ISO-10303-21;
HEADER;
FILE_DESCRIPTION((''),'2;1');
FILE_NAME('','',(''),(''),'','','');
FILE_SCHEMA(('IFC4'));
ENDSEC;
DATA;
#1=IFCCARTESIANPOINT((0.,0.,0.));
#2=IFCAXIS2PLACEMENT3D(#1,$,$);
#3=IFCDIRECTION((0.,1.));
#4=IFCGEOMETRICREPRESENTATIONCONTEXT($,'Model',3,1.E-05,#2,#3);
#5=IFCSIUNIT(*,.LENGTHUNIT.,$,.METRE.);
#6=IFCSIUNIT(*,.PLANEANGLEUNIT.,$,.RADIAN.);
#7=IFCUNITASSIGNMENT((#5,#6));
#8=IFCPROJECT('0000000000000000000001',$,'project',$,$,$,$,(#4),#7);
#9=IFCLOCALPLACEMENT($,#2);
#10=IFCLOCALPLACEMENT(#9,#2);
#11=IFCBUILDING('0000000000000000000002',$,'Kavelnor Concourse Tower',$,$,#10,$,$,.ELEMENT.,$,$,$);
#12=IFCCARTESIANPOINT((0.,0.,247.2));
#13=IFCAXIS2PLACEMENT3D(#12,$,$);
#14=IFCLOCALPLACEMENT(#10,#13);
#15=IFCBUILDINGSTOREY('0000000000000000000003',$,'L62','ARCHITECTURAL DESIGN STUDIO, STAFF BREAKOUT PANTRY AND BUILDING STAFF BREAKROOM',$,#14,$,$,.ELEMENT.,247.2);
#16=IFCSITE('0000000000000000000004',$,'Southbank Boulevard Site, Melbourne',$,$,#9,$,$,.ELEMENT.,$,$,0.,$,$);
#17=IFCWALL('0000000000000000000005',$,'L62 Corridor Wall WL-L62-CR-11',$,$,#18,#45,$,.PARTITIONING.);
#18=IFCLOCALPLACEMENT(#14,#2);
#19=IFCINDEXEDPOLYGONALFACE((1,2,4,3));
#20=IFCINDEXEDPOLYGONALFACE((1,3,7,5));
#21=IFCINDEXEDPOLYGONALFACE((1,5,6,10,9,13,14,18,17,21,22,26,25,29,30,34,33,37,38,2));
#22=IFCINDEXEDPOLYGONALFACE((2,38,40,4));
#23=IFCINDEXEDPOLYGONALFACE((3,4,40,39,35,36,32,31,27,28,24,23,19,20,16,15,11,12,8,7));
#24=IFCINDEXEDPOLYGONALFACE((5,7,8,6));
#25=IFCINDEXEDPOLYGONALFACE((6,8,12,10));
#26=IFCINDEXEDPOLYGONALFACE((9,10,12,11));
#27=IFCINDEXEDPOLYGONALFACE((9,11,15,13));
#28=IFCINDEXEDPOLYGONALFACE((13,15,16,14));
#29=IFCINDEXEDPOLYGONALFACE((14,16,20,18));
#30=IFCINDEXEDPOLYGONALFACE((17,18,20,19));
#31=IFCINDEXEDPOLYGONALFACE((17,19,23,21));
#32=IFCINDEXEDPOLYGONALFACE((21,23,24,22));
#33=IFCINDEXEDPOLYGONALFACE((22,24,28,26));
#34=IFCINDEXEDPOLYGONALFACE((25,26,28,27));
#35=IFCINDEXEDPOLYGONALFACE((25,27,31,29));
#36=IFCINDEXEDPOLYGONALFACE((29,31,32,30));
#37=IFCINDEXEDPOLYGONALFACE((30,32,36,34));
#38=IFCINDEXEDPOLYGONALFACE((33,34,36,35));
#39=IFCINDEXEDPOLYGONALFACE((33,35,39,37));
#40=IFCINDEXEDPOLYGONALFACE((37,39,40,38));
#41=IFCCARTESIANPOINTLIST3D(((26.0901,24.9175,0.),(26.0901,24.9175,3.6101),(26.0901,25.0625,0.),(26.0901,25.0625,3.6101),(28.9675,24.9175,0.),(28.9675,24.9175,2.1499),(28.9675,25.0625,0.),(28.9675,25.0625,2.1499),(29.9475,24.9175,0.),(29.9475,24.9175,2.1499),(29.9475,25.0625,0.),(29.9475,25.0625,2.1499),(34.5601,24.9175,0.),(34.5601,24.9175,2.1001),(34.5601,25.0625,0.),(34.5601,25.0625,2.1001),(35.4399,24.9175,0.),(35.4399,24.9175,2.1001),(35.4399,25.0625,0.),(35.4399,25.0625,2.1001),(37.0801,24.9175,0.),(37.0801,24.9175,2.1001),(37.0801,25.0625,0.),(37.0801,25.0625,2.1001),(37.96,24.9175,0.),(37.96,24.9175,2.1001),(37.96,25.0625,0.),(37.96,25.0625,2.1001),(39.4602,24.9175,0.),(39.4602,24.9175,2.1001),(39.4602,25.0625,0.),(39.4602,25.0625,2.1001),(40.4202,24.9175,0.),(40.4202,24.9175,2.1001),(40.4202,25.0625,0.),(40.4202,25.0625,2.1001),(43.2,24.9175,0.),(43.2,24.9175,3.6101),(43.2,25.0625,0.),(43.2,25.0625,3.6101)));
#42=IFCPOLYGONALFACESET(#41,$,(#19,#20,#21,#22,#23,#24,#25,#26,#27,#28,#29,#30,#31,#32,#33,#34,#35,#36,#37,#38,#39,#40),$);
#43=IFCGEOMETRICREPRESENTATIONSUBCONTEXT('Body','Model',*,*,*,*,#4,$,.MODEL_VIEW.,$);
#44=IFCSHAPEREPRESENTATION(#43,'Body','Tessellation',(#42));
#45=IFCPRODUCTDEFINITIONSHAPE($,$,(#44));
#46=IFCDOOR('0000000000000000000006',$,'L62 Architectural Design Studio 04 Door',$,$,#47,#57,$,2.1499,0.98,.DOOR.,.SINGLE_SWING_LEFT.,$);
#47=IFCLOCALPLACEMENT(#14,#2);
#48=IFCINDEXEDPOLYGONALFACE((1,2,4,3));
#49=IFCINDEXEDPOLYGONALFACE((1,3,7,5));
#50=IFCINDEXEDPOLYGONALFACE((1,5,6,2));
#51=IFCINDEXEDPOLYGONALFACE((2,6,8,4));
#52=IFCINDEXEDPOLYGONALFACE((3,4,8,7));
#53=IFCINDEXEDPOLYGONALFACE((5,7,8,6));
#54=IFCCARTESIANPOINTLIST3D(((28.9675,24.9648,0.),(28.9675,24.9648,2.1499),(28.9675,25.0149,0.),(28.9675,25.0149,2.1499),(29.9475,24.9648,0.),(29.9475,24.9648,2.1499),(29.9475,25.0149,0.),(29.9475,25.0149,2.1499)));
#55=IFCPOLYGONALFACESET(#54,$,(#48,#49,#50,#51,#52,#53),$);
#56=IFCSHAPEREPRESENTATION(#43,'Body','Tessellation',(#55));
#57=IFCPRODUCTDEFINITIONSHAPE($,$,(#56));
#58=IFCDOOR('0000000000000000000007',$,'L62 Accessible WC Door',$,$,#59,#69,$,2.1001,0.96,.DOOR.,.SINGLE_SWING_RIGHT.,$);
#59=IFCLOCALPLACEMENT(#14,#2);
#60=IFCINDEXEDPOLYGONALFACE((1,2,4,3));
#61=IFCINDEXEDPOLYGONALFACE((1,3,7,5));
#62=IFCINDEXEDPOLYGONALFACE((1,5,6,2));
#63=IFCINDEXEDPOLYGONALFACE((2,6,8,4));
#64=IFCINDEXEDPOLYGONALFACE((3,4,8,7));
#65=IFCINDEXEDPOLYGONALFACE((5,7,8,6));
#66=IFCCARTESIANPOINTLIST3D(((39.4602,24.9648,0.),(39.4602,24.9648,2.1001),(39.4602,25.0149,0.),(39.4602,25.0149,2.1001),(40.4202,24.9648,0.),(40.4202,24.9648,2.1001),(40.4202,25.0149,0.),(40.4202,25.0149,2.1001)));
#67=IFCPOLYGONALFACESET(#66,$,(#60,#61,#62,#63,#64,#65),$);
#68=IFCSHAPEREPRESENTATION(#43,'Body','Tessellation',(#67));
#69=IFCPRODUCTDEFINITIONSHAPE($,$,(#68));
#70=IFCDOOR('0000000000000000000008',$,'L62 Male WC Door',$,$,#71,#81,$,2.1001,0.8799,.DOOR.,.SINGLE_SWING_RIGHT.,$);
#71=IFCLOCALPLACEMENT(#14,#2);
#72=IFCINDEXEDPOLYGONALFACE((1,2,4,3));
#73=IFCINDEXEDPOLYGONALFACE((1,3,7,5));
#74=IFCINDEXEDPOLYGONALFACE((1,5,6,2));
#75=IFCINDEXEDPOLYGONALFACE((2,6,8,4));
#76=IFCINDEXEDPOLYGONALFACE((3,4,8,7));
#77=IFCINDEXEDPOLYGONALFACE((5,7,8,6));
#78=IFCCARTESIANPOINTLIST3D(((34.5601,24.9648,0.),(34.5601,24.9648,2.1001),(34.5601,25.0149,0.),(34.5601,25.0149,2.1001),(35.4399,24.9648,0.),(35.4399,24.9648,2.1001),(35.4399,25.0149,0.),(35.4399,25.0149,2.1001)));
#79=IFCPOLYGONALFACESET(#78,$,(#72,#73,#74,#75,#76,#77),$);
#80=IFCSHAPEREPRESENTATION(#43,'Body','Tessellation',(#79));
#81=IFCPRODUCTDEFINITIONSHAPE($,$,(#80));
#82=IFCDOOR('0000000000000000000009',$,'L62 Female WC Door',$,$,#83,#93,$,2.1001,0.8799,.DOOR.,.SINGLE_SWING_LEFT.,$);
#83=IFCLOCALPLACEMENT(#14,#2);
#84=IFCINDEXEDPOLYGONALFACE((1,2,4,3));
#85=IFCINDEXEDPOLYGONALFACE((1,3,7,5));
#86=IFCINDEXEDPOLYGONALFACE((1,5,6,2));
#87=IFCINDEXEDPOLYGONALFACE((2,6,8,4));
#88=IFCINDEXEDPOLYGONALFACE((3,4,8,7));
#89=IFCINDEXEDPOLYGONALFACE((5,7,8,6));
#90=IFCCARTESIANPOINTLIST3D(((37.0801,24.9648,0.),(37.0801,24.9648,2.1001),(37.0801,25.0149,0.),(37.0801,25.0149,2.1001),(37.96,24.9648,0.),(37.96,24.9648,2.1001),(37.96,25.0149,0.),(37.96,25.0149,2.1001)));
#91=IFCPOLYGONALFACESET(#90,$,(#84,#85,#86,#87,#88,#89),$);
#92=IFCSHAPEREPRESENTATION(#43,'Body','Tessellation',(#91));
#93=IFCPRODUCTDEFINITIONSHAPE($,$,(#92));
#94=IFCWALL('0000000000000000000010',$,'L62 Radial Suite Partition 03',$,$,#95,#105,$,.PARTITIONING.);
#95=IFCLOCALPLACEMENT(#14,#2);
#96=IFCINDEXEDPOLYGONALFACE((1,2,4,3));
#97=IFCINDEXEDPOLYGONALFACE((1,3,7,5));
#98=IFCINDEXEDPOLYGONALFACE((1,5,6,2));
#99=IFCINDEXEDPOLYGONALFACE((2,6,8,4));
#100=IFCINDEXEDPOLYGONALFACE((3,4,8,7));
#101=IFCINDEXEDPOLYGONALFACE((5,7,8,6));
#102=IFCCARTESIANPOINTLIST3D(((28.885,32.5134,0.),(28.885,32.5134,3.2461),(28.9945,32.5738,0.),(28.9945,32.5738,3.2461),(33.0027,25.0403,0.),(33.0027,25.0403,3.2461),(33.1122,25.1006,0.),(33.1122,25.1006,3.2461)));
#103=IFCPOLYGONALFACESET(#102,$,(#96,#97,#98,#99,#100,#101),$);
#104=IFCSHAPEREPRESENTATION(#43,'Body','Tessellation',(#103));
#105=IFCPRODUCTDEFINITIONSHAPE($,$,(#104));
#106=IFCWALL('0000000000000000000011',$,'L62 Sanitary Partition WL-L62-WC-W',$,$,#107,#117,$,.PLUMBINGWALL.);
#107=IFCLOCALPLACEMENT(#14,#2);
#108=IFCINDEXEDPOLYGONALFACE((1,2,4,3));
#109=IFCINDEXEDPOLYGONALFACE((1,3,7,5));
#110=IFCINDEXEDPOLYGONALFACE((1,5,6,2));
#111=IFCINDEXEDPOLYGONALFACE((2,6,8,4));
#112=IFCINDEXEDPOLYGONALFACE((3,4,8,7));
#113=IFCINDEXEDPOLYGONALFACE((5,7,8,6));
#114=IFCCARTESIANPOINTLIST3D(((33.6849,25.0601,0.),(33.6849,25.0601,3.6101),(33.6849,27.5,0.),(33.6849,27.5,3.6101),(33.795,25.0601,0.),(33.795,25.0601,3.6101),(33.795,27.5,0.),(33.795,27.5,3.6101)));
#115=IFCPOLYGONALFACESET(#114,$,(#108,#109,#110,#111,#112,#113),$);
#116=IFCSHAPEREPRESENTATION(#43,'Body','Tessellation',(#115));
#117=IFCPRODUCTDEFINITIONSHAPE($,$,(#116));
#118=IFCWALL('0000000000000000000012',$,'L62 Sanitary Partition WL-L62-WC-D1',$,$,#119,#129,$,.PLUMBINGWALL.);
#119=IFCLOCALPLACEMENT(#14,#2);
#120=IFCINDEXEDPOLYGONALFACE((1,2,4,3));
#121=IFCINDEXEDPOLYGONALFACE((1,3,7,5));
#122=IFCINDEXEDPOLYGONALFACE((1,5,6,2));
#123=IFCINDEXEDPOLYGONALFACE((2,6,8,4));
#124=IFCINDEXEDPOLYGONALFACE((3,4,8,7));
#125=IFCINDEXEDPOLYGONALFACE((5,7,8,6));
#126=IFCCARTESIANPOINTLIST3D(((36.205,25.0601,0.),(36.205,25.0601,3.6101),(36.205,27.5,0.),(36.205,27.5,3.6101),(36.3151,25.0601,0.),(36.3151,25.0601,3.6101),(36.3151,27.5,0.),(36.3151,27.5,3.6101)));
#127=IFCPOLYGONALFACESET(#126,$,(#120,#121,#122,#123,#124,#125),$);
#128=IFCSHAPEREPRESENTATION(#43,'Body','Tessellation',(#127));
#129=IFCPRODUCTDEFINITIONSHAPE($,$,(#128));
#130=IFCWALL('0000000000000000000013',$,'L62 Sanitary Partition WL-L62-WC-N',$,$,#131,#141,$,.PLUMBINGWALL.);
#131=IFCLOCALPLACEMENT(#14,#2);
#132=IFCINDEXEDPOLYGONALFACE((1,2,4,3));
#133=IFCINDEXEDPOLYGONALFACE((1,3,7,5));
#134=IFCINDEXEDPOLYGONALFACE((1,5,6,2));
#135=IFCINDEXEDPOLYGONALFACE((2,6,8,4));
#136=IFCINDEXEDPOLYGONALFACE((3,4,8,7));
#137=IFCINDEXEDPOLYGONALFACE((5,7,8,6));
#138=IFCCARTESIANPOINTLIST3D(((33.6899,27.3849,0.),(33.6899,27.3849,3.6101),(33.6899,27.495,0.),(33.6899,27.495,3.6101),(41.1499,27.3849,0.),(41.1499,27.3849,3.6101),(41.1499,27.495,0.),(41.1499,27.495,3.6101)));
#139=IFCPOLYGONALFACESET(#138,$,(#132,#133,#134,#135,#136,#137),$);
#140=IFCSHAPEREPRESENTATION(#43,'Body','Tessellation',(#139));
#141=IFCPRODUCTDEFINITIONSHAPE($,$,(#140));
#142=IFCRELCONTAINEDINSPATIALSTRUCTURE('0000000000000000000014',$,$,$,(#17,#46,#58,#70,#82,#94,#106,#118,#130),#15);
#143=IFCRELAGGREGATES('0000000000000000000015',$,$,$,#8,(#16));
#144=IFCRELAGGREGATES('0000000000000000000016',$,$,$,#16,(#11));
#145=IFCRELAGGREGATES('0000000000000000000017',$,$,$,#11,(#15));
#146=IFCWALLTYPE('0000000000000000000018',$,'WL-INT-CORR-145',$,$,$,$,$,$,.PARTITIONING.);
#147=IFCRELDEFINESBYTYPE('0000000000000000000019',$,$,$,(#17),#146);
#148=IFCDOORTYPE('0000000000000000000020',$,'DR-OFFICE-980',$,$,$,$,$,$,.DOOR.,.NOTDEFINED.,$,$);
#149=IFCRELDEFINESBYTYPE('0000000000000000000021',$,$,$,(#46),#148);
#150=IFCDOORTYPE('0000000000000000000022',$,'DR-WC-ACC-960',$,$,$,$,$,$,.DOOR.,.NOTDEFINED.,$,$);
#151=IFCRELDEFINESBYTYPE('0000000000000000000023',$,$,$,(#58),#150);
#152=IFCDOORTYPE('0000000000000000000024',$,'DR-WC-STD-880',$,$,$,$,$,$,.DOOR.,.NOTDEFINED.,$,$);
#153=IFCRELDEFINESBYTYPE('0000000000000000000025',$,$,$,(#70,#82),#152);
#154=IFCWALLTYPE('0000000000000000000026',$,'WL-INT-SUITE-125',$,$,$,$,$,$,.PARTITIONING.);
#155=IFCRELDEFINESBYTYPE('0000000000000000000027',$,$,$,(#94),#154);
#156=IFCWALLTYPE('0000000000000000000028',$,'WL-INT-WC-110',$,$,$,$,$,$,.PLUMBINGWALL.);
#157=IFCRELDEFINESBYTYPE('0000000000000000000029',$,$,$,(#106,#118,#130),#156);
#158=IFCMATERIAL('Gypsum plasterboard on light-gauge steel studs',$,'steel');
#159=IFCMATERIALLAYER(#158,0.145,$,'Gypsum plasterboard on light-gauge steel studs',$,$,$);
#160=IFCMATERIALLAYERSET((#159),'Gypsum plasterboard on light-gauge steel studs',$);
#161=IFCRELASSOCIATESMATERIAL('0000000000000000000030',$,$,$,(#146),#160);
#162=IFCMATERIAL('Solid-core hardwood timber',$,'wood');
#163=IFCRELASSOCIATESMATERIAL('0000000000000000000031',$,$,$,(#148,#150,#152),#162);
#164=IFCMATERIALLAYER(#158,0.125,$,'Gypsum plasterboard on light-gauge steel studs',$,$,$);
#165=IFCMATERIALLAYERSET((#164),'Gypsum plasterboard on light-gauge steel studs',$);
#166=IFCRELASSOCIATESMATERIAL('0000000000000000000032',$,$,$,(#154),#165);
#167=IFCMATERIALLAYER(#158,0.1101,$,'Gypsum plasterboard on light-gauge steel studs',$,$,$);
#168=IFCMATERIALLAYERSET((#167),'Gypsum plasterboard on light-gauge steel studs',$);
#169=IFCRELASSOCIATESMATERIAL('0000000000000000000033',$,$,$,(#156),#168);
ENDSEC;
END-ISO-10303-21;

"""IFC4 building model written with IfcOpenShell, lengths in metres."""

from ifc_helpers import new_model, si_unit, direction, frame, frame_2d, origin, place, context, subcontext, project, spatial, rectangle, extrude, material, layer, layer_set, type_object, element, fill, save


model = new_model("IFC4")

# Units and contexts
model_context = context("Model", 3, precision=1e-05, world=origin(), true_north=direction((0.0, 1.0)))
body_context = subcontext(model_context, "Body", "Model", "MODEL_VIEW")
ifc_project = project(units=[si_unit("LENGTHUNIT", "METRE"), si_unit("PLANEANGLEUNIT", "RADIAN")], contexts=[model_context])

# Site, building, storey
site_placement = place(None, origin())
site = spatial("IfcSite", under=ifc_project, at=site_placement, Name="Southbank Boulevard Site, Melbourne", CompositionType="ELEMENT", RefElevation=0.0)
building_placement = place(site_placement, origin())
building = spatial("IfcBuilding", under=site, at=building_placement, Name="Kavelnor Concourse Tower", CompositionType="ELEMENT")
storey_placement = place(building_placement, frame((0.0, 0.0, 247.2)))
storey = spatial("IfcBuildingStorey", under=building, at=storey_placement, Name="L62", Description="ARCHITECTURAL DESIGN STUDIO, STAFF BREAKOUT PANTRY AND BUILDING STAFF BREAKROOM", CompositionType="ELEMENT", Elevation=247.2)

# Wall, openings, doors
ifc_material_1 = material(Name="Gypsum plasterboard on light-gauge steel studs", Category="steel")
ifc_layer_1 = layer(ifc_material_1, 0.145, Name="Gypsum plasterboard on light-gauge steel studs")
ifc_layer_set_1 = layer_set([ifc_layer_1], Name="Gypsum plasterboard on light-gauge steel studs")
wall_type_1 = type_object("IfcWallType", Name="WL-INT-CORR-145", PredefinedType="PARTITIONING", material=ifc_layer_set_1)
wall_1_placement = place(storey_placement, frame((26.0901, 24.99, 0.0), z_axis=(0.0, 0.0, 1.0), x_axis=(1.0, 0.0, 0.0)))
wall_1 = element("IfcWall", 1, at=wall_1_placement, inside=storey, type_object=wall_type_1, Name="L62 Corridor Wall WL-L62-CR-11", PredefinedType="PARTITIONING", context=body_context, shape_type="SweptSolid", body=[
    extrude(rectangle(XDim=17.1099, YDim=0.145, at=frame_2d((8.5549, 0.0))), origin(), (0.0, 0.0, 1.0), 3.6101),
])
opening_1_placement = place(wall_1_placement, frame((8.47, 0.0, 0.0)))
opening_1 = element("IfcOpeningElement", 2, at=opening_1_placement, cuts=wall_1, PredefinedType="OPENING", context=body_context, shape_type="SweptSolid", body=[
    extrude(rectangle(XDim=0.8799, YDim=2.1001, at=frame_2d((0.4399, 1.05))), frame((0.0, 0.0825, 0.0), z_axis=(0.0, -1.0, 0.0), x_axis=(1.0, 0.0, 0.0)), (0.0, 0.0, 1.0), 0.165),
])
opening_2_placement = place(wall_1_placement, frame((10.99, 0.0, 0.0)))
opening_2 = element("IfcOpeningElement", 3, at=opening_2_placement, cuts=wall_1, PredefinedType="OPENING", context=body_context, shape_type="SweptSolid", body=[
    extrude(rectangle(XDim=0.8799, YDim=2.1001, at=frame_2d((0.4399, 1.05))), frame((0.0, 0.0825, 0.0), z_axis=(0.0, -1.0, 0.0), x_axis=(1.0, 0.0, 0.0)), (0.0, 0.0, 1.0), 0.165),
])
opening_3_placement = place(wall_1_placement, frame((13.3701, 0.0, 0.0)))
opening_3 = element("IfcOpeningElement", 4, at=opening_3_placement, cuts=wall_1, PredefinedType="OPENING", context=body_context, shape_type="SweptSolid", body=[
    extrude(rectangle(XDim=0.96, YDim=2.1001, at=frame_2d((0.48, 1.05))), frame((0.0, 0.0825, 0.0), z_axis=(0.0, -1.0, 0.0), x_axis=(1.0, 0.0, 0.0)), (0.0, 0.0, 1.0), 0.165),
])
opening_4_placement = place(wall_1_placement, frame((2.8774, 0.0, 0.0)))
opening_4 = element("IfcOpeningElement", 5, at=opening_4_placement, cuts=wall_1, PredefinedType="OPENING", context=body_context, shape_type="SweptSolid", body=[
    extrude(rectangle(XDim=0.98, YDim=2.1499, at=frame_2d((0.49, 1.075))), frame((0.0, 0.0825, 0.0), z_axis=(0.0, -1.0, 0.0), x_axis=(1.0, 0.0, 0.0)), (0.0, 0.0, 1.0), 0.165),
])
ifc_material_2 = material(Name="Solid-core hardwood timber", Category="wood")
door_type_1 = type_object("IfcDoorType", Name="DR-OFFICE-980", OperationType="NOTDEFINED", PredefinedType="DOOR", material=ifc_material_2)
door_1_placement = place(opening_4_placement, origin())
door_1 = element("IfcDoor", 6, at=door_1_placement, inside=storey, type_object=door_type_1, Name="L62 Architectural Design Studio 04 Door", OperationType="SINGLE_SWING_LEFT", OverallHeight=2.1499, OverallWidth=0.98, PredefinedType="DOOR", context=body_context, shape_type="SweptSolid", body=[
    extrude(rectangle(XDim=0.98, YDim=2.1499, at=frame_2d((0.49, 1.075))), frame((0.0, 0.0249, 0.0), z_axis=(0.0, -1.0, 0.0), x_axis=(1.0, 0.0, 0.0)), (0.0, 0.0, 1.0), 0.05),
])
fill(opening_4, door_1)
door_type_2 = type_object("IfcDoorType", Name="DR-WC-ACC-960", OperationType="NOTDEFINED", PredefinedType="DOOR", material=ifc_material_2)
door_2_placement = place(opening_3_placement, origin())
door_2 = element("IfcDoor", 7, at=door_2_placement, inside=storey, type_object=door_type_2, Name="L62 Accessible WC Door", OperationType="SINGLE_SWING_RIGHT", OverallHeight=2.1001, OverallWidth=0.96, PredefinedType="DOOR", context=body_context, shape_type="SweptSolid", body=[
    extrude(rectangle(XDim=0.96, YDim=2.1001, at=frame_2d((0.48, 1.05))), frame((0.0, 0.0249, 0.0), z_axis=(0.0, -1.0, 0.0), x_axis=(1.0, 0.0, 0.0)), (0.0, 0.0, 1.0), 0.05),
])
fill(opening_3, door_2)
door_type_3 = type_object("IfcDoorType", Name="DR-WC-STD-880", OperationType="NOTDEFINED", PredefinedType="DOOR", material=ifc_material_2)
door_3_placement = place(opening_1_placement, origin())
door_3 = element("IfcDoor", 8, at=door_3_placement, inside=storey, type_object=door_type_3, Name="L62 Male WC Door", OperationType="SINGLE_SWING_RIGHT", OverallHeight=2.1001, OverallWidth=0.8799, PredefinedType="DOOR", context=body_context, shape_type="SweptSolid", body=[
    extrude(rectangle(XDim=0.8799, YDim=2.1001, at=frame_2d((0.4399, 1.05))), frame((0.0, 0.0249, 0.0), z_axis=(0.0, -1.0, 0.0), x_axis=(1.0, 0.0, 0.0)), (0.0, 0.0, 1.0), 0.05),
])
fill(opening_1, door_3)
door_4_placement = place(opening_2_placement, origin())
door_4 = element("IfcDoor", 9, at=door_4_placement, inside=storey, type_object=door_type_3, Name="L62 Female WC Door", OperationType="SINGLE_SWING_LEFT", OverallHeight=2.1001, OverallWidth=0.8799, PredefinedType="DOOR", context=body_context, shape_type="SweptSolid", body=[
    extrude(rectangle(XDim=0.8799, YDim=2.1001, at=frame_2d((0.4399, 1.05))), frame((0.0, 0.0249, 0.0), z_axis=(0.0, -1.0, 0.0), x_axis=(1.0, 0.0, 0.0)), (0.0, 0.0, 1.0), 0.05),
])
fill(opening_2, door_4)

# Walls
ifc_layer_2 = layer(ifc_material_1, 0.125, Name="Gypsum plasterboard on light-gauge steel studs")
ifc_layer_set_2 = layer_set([ifc_layer_2], Name="Gypsum plasterboard on light-gauge steel studs")
wall_type_2 = type_object("IfcWallType", Name="WL-INT-SUITE-125", PredefinedType="PARTITIONING", material=ifc_layer_set_2)
wall_2_placement = place(storey_placement, frame((33.0574, 25.0706, 0.0), z_axis=(0.0, 0.0, 1.0), x_axis=(-0.482589, 0.875847, 0.0)))
element("IfcWall", 10, at=wall_2_placement, inside=storey, type_object=wall_type_2, Name="L62 Radial Suite Partition 03", PredefinedType="PARTITIONING", context=body_context, shape_type="SweptSolid", body=[
    extrude(rectangle(XDim=8.5325, YDim=0.125, at=frame_2d((4.2661, 0.0))), origin(), (0.0, 0.0, 1.0), 3.2461),
])
ifc_layer_3 = layer(ifc_material_1, 0.1101, Name="Gypsum plasterboard on light-gauge steel studs")
ifc_layer_set_3 = layer_set([ifc_layer_3], Name="Gypsum plasterboard on light-gauge steel studs")
wall_type_3 = type_object("IfcWallType", Name="WL-INT-WC-110", PredefinedType="PLUMBINGWALL", material=ifc_layer_set_3)
for number, where, z_axis, x_axis, name in (
    (11, (33.74, 25.0601, 0.0), (0.0, 0.0, 1.0), (0.0, 1.0, 0.0), "L62 Sanitary Partition WL-L62-WC-W"),
    (12, (36.26, 25.0601, 0.0), (0.0, 0.0, 1.0), (0.0, 1.0, 0.0), "L62 Sanitary Partition WL-L62-WC-D1"),
):
    element("IfcWall", number, at=place(storey_placement, frame(where, z_axis=z_axis, x_axis=x_axis)), inside=storey, type_object=wall_type_3, Name=name, PredefinedType="PLUMBINGWALL", context=body_context, shape_type="SweptSolid", body=[
        extrude(rectangle(XDim=2.4399, YDim=0.1101, at=frame_2d((1.22, 0.0))), origin(), (0.0, 0.0, 1.0), 3.6101),
    ])
wall_3_placement = place(storey_placement, frame((33.6899, 27.4399, 0.0), z_axis=(0.0, 0.0, 1.0), x_axis=(1.0, 0.0, 0.0)))
element("IfcWall", 13, at=wall_3_placement, inside=storey, type_object=wall_type_3, Name="L62 Sanitary Partition WL-L62-WC-N", PredefinedType="PLUMBINGWALL", context=body_context, shape_type="SweptSolid", body=[
    extrude(rectangle(XDim=7.46, YDim=0.1101, at=frame_2d((3.73, 0.0))), origin(), (0.0, 0.0, 1.0), 3.6101),
])

save(model, "model.ifc")
